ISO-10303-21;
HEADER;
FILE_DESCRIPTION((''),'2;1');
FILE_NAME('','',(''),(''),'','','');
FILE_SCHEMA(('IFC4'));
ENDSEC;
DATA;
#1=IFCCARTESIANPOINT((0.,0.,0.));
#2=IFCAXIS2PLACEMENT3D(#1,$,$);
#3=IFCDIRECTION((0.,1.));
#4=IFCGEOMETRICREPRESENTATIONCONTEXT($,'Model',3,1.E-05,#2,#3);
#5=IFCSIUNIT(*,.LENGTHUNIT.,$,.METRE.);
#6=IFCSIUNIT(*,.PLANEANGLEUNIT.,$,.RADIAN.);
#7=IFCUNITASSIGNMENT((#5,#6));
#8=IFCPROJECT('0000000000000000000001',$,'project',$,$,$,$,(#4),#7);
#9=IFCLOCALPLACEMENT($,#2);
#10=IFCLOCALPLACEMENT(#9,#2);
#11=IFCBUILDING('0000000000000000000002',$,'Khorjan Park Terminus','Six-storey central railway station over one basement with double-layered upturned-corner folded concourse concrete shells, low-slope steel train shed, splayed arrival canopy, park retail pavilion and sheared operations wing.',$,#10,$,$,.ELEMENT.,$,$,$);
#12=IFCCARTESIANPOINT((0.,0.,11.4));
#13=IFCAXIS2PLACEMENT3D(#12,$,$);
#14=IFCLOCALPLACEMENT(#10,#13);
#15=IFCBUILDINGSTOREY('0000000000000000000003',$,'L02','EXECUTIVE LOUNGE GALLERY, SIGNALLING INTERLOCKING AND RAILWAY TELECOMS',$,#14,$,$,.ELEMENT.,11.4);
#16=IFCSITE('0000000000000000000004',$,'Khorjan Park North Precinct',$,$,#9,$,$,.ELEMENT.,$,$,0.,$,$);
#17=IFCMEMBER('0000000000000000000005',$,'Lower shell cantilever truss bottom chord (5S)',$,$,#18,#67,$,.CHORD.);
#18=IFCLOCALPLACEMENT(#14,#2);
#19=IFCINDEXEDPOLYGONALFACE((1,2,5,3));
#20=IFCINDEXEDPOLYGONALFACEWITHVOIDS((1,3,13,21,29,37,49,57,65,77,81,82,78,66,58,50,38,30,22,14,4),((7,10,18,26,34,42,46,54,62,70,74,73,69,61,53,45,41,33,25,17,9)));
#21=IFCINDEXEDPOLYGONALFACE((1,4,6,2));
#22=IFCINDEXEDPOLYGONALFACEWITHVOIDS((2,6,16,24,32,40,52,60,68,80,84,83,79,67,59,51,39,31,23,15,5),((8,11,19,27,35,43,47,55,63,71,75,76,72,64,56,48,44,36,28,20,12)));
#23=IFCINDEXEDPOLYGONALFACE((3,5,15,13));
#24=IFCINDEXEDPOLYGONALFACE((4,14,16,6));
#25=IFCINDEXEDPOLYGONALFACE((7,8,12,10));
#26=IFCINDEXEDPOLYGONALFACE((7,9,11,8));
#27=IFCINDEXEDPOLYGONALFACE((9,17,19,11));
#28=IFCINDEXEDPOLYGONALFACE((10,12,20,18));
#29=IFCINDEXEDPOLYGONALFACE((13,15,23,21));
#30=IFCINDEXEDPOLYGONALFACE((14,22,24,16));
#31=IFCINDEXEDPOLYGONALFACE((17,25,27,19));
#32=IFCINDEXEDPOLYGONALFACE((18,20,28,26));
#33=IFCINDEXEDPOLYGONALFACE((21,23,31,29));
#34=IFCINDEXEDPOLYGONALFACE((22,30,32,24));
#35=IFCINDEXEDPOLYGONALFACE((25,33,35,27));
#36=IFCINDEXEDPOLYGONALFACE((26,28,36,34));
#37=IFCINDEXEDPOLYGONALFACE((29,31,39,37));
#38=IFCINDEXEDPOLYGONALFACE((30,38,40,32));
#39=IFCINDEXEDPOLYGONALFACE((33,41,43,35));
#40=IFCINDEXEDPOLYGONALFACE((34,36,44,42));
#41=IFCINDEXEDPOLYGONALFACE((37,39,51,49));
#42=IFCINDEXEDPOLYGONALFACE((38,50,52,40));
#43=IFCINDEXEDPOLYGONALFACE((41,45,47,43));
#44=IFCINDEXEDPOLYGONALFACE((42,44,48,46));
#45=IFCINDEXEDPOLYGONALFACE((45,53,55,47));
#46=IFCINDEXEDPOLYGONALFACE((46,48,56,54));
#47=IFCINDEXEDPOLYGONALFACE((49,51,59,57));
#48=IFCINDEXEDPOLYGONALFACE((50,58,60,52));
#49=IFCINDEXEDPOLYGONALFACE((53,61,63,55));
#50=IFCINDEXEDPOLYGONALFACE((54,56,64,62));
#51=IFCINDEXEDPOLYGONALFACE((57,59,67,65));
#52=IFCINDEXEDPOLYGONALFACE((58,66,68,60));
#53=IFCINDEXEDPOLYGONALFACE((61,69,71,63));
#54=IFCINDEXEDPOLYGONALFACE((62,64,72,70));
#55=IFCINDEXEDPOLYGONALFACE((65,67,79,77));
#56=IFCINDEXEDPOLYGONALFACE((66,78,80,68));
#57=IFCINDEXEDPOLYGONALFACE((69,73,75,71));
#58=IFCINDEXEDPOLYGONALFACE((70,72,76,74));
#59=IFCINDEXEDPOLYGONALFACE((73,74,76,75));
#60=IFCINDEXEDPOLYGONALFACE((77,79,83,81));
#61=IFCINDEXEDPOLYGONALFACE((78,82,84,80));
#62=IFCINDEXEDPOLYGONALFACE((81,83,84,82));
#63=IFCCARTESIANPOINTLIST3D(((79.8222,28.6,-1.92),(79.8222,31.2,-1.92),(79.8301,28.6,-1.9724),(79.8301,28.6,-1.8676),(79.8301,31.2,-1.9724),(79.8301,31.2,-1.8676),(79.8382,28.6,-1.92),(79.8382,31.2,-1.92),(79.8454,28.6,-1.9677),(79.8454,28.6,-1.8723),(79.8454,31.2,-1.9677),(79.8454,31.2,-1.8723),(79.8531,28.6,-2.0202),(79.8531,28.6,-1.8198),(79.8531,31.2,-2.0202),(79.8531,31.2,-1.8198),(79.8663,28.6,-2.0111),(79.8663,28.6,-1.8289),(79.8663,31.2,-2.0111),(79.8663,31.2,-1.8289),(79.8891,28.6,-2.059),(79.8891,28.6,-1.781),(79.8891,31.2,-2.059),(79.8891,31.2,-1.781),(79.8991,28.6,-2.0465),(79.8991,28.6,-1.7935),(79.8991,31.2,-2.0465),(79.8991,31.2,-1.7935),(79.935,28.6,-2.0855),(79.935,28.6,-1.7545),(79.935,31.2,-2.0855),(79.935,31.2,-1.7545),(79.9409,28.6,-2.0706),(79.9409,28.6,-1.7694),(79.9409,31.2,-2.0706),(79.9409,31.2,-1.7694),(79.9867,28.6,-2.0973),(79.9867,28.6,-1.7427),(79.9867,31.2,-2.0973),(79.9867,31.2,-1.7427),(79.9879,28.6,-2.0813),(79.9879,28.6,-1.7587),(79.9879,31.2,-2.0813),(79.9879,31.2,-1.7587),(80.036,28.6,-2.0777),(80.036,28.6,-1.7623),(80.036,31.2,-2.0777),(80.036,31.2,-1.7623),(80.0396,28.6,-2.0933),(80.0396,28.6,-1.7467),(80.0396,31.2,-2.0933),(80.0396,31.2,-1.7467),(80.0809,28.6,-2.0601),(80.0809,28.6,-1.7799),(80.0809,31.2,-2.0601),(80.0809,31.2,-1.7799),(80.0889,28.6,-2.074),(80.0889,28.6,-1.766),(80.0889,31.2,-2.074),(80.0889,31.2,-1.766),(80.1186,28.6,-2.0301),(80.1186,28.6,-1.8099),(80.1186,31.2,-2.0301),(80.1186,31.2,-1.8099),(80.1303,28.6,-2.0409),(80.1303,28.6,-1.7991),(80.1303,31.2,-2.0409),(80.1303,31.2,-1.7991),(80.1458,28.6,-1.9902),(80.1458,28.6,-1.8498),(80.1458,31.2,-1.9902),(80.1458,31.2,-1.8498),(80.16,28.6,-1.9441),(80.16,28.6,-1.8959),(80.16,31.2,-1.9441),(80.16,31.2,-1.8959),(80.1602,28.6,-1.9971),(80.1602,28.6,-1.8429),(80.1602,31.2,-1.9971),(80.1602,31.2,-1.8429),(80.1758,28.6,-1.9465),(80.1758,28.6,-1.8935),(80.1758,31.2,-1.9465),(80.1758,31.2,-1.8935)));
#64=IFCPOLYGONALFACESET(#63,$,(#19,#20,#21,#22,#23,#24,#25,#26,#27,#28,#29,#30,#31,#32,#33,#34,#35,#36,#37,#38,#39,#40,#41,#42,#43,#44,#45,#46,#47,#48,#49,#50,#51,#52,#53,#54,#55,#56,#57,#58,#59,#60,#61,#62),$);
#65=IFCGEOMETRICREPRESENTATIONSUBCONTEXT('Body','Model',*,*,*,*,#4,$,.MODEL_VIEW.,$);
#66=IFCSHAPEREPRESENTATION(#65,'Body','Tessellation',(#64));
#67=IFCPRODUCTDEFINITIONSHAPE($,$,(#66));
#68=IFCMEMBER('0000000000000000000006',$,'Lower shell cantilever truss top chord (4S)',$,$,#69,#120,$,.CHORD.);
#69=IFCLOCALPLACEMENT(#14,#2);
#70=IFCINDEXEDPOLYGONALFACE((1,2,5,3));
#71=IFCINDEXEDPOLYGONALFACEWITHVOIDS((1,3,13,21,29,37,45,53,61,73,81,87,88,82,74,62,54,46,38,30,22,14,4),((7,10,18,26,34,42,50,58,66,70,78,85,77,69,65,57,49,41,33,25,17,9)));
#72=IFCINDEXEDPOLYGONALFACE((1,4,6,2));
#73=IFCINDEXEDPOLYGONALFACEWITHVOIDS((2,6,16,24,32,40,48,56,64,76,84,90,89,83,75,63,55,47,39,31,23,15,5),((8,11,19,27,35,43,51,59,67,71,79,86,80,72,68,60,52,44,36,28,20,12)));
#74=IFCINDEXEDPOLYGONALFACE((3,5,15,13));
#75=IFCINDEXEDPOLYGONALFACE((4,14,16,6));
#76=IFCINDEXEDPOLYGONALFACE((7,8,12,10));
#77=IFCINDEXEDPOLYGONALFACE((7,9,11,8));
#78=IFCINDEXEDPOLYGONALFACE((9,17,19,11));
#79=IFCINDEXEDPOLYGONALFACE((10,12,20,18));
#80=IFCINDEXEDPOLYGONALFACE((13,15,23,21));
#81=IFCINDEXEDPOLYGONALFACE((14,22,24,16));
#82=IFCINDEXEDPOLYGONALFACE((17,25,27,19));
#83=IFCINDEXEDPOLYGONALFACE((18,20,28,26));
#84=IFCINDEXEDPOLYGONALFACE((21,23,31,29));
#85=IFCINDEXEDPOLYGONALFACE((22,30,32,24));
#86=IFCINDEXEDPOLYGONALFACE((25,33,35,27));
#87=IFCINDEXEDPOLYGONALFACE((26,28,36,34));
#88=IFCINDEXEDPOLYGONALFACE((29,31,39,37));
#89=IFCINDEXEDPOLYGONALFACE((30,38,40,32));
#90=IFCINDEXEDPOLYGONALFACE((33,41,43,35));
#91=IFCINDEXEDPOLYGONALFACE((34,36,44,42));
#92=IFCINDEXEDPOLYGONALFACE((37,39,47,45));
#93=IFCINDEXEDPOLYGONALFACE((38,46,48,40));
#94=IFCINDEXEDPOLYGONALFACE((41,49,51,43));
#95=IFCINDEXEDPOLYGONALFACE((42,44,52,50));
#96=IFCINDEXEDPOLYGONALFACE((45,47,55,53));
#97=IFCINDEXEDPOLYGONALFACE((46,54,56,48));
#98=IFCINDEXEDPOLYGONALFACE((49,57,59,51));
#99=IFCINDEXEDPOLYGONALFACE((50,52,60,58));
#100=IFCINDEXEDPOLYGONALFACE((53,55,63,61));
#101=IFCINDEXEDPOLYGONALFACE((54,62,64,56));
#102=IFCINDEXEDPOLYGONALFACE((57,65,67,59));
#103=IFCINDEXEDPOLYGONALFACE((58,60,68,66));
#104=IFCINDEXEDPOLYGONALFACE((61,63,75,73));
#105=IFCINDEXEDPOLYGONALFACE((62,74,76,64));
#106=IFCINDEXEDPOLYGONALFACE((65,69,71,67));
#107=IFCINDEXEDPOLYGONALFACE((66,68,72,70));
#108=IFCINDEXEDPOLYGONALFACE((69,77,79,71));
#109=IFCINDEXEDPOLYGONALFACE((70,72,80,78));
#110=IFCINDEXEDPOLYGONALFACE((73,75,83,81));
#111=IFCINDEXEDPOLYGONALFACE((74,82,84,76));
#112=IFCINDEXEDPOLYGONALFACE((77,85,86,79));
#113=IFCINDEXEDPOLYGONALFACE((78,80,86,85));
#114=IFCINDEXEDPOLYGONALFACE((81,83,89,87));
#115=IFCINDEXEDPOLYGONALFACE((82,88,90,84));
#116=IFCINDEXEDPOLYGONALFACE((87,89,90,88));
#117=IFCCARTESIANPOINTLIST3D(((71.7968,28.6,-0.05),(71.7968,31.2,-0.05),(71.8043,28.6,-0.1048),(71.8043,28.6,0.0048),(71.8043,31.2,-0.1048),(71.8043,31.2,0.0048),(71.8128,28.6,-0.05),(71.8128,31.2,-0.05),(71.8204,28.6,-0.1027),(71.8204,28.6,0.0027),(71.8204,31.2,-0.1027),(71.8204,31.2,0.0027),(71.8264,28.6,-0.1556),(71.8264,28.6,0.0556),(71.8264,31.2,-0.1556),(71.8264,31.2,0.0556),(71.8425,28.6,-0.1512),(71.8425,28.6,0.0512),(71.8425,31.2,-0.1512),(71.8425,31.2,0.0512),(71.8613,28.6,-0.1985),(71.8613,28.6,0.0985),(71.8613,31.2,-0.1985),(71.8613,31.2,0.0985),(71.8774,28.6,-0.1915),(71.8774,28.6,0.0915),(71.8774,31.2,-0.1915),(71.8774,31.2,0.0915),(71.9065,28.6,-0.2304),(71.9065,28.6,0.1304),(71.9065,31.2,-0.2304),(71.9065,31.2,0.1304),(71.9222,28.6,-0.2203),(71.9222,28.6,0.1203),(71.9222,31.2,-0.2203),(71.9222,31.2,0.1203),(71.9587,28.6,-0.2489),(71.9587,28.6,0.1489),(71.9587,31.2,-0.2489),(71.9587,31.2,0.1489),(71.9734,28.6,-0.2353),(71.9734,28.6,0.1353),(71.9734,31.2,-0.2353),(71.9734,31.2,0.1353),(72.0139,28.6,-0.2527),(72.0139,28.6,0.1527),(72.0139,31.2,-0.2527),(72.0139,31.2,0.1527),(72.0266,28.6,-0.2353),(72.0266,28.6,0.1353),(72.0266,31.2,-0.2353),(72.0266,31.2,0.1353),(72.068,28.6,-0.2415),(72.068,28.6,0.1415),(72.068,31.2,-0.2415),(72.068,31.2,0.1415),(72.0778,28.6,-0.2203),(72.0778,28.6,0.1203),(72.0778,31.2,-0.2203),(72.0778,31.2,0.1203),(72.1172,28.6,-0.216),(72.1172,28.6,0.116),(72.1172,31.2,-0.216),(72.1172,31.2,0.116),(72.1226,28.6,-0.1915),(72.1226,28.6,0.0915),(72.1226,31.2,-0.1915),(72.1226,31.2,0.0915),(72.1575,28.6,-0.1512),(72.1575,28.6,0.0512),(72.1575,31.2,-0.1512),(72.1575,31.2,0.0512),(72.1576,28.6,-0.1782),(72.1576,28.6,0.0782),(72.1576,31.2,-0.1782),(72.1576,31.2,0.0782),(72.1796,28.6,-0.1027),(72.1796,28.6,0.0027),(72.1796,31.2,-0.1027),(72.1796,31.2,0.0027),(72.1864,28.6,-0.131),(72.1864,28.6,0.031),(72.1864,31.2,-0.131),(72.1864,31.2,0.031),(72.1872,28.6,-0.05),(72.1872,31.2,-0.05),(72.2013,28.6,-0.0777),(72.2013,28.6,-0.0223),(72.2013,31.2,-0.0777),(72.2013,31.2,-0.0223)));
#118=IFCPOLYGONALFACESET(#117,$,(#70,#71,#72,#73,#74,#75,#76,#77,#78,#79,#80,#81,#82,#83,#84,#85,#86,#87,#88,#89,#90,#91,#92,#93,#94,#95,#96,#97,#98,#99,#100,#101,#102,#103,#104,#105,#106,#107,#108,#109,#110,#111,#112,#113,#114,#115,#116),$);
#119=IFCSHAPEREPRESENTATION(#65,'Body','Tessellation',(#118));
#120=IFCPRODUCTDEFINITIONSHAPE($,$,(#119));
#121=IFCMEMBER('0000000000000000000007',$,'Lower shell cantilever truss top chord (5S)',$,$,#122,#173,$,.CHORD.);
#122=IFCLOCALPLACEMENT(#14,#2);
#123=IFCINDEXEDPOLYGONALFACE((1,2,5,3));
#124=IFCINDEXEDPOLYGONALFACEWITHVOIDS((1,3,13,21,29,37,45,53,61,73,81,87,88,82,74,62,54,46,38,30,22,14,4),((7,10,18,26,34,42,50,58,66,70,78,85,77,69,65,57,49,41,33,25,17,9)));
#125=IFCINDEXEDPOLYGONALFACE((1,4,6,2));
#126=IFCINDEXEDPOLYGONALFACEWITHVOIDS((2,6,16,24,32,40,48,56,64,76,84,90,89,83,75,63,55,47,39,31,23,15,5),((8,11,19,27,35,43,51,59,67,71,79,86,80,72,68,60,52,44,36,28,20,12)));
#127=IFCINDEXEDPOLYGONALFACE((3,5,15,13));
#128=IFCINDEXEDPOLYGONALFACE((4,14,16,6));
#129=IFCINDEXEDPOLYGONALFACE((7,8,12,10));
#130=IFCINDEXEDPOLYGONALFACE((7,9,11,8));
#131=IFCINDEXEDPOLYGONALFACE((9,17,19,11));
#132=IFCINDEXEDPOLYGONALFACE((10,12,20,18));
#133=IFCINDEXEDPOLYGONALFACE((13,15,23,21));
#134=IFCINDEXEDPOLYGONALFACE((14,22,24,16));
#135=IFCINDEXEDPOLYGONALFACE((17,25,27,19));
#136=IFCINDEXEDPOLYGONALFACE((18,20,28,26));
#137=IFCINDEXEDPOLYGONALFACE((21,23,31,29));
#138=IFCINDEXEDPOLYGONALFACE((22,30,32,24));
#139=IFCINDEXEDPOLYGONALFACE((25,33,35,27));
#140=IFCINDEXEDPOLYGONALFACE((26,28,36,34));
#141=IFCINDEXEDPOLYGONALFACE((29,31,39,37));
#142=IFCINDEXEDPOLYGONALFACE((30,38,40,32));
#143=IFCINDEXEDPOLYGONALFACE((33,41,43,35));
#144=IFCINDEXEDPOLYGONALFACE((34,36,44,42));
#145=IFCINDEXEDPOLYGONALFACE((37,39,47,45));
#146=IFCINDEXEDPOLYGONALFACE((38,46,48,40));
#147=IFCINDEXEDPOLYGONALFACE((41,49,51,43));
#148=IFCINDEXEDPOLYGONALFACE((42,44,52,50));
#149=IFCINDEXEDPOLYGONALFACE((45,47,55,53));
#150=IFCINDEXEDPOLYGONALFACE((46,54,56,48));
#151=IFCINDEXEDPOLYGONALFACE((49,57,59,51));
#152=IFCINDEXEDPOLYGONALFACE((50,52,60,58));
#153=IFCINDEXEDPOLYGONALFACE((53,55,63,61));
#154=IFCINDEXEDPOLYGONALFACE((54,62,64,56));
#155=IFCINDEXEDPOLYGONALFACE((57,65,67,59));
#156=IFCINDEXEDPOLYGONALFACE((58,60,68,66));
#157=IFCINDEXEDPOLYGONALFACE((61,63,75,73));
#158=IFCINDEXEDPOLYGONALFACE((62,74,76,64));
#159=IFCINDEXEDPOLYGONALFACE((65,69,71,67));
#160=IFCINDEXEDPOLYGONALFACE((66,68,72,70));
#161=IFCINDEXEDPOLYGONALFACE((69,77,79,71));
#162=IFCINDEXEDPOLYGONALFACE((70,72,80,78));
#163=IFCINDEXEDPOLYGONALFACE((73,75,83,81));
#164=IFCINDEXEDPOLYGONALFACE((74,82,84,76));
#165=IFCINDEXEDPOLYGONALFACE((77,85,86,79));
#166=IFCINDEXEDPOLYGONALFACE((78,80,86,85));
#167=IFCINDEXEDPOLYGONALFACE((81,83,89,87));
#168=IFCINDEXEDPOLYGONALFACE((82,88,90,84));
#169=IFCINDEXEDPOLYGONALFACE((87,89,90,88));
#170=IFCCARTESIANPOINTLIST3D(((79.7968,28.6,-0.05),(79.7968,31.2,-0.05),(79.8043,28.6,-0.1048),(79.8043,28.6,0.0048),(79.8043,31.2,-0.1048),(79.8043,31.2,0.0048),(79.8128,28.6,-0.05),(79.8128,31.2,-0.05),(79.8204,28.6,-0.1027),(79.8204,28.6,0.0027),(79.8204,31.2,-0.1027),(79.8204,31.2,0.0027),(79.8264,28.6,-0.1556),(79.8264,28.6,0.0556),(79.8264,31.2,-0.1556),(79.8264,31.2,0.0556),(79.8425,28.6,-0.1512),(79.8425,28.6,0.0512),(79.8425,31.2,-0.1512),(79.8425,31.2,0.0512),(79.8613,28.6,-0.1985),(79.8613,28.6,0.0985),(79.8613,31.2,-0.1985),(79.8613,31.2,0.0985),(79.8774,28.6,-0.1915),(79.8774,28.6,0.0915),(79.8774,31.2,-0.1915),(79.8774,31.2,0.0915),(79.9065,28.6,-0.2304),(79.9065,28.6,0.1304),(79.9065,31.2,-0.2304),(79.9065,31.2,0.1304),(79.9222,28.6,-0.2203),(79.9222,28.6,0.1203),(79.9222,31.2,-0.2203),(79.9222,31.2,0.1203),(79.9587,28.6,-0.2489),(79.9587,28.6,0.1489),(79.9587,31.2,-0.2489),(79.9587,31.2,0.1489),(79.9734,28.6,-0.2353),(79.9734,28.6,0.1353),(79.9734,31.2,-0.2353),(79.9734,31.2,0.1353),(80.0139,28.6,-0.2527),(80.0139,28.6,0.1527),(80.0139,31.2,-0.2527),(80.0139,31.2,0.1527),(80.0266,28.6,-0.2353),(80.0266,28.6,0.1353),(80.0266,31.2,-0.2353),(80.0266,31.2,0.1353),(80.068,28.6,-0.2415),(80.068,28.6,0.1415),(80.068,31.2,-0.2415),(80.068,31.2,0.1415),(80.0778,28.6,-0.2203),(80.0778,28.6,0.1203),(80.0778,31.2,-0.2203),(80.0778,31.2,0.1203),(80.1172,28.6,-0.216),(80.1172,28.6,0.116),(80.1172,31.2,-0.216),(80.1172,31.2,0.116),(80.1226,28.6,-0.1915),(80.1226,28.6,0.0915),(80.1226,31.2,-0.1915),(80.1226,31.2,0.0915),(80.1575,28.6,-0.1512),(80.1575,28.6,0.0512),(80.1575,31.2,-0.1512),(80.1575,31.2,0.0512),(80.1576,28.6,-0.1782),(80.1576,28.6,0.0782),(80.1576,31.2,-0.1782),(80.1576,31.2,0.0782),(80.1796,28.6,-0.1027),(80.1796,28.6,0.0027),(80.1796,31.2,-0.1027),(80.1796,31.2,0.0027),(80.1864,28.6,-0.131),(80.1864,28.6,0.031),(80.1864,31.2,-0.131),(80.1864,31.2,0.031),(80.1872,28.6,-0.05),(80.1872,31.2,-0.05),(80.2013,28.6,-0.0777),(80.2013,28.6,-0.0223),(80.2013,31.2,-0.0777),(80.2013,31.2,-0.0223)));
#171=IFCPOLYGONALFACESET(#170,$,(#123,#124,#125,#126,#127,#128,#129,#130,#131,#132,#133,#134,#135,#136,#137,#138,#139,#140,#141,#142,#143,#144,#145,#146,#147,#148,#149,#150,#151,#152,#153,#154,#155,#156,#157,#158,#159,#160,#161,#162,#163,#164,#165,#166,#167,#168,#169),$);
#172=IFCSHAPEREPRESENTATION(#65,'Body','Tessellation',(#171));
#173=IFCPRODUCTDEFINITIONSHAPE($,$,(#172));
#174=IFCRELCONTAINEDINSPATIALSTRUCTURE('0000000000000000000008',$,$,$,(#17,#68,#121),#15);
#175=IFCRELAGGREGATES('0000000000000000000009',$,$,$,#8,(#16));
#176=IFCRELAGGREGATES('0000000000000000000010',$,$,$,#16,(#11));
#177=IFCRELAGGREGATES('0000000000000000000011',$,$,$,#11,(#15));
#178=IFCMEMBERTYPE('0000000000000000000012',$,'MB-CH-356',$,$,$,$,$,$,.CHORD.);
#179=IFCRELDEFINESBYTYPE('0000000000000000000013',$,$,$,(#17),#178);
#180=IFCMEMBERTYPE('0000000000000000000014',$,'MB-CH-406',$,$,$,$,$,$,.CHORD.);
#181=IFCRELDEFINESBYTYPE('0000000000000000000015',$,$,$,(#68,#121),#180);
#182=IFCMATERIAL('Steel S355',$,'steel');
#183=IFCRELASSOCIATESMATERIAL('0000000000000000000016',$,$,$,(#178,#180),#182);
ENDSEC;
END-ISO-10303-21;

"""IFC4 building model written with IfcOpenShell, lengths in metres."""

from ifc_helpers import new_model, si_unit, direction, frame, origin, origin_2d, place, context, subcontext, project, spatial, hollow_circle, extrude, material, material_profile, profile_set, type_object, element, save


model = new_model("IFC4")

# Units and contexts
model_context = context("Model", 3, precision=1e-05, world=origin(), true_north=direction((0.0, 1.0)))
body_context = subcontext(model_context, "Body", "Model", "MODEL_VIEW")
ifc_project = project(units=[si_unit("LENGTHUNIT", "METRE"), si_unit("PLANEANGLEUNIT", "RADIAN")], contexts=[model_context])

# Site, building, storey
site_placement = place(None, origin())
site = spatial("IfcSite", under=ifc_project, at=site_placement, Name="Khorjan Park North Precinct", CompositionType="ELEMENT", RefElevation=0.0)
building_placement = place(site_placement, origin())
building = spatial("IfcBuilding", under=site, at=building_placement, Name="Khorjan Park Terminus", Description="Six-storey central railway station over one basement with double-layered upturned-corner folded concourse concrete shells, low-slope steel train shed, splayed arrival canopy, park retail pavilion and sheared operations wing.", CompositionType="ELEMENT")
storey_placement = place(building_placement, frame((0.0, 0.0, 11.4)))
storey = spatial("IfcBuildingStorey", under=building, at=storey_placement, Name="L02", Description="EXECUTIVE LOUNGE GALLERY, SIGNALLING INTERLOCKING AND RAILWAY TELECOMS", CompositionType="ELEMENT", Elevation=11.4)

# Members
ifc_material_1 = material(Name="Steel S355", Category="steel")
ifc_material_profile_1 = material_profile(ifc_material_1, hollow_circle(Radius=0.1778, WallThickness=0.016, at=origin_2d()), Name="CHS 355.6x16")
ifc_profile_set_1 = profile_set([ifc_material_profile_1], Name="Steel S355")
member_type_1 = type_object("IfcMemberType", Name="MB-CH-356", PredefinedType="CHORD", material=ifc_profile_set_1)
for number, where, z_axis, x_axis, name in (
    (1, (80.0, 28.6, -1.92), (0.0, 1.0, 0.0), (-1.0, 0.0, 0.0), "Lower shell cantilever truss bottom chord (5S)"),
):
    element("IfcMember", number, at=place(storey_placement, frame(where, z_axis=z_axis, x_axis=x_axis)), inside=storey, type_object=member_type_1, Name=name, PredefinedType="CHORD", context=body_context, shape_type="SweptSolid", body=[
        extrude(hollow_circle(Radius=0.1778, WallThickness=0.016, at=origin_2d()), origin(), (0.0, 0.0, 1.0), 2.6),
    ])
ifc_material_profile_2 = material_profile(ifc_material_1, hollow_circle(Radius=0.2032, WallThickness=0.016, at=origin_2d()), Name="CHS 406.4x16")
ifc_profile_set_2 = profile_set([ifc_material_profile_2], Name="Steel S355")
member_type_2 = type_object("IfcMemberType", Name="MB-CH-406", PredefinedType="CHORD", material=ifc_profile_set_2)
for number, where, z_axis, x_axis, name in (
    (2, (72.0, 28.6, -0.05), (0.0, 1.0, 0.0), (-1.0, 0.0, 0.0), "Lower shell cantilever truss top chord (4S)"),
    (3, (80.0, 28.6, -0.05), (0.0, 1.0, 0.0), (-1.0, 0.0, 0.0), "Lower shell cantilever truss top chord (5S)"),
):
    element("IfcMember", number, at=place(storey_placement, frame(where, z_axis=z_axis, x_axis=x_axis)), inside=storey, type_object=member_type_2, Name=name, PredefinedType="CHORD", context=body_context, shape_type="SweptSolid", body=[
        extrude(hollow_circle(Radius=0.2032, WallThickness=0.016, at=origin_2d()), origin(), (0.0, 0.0, 1.0), 2.6),
    ])

save(model, "model.ifc")
